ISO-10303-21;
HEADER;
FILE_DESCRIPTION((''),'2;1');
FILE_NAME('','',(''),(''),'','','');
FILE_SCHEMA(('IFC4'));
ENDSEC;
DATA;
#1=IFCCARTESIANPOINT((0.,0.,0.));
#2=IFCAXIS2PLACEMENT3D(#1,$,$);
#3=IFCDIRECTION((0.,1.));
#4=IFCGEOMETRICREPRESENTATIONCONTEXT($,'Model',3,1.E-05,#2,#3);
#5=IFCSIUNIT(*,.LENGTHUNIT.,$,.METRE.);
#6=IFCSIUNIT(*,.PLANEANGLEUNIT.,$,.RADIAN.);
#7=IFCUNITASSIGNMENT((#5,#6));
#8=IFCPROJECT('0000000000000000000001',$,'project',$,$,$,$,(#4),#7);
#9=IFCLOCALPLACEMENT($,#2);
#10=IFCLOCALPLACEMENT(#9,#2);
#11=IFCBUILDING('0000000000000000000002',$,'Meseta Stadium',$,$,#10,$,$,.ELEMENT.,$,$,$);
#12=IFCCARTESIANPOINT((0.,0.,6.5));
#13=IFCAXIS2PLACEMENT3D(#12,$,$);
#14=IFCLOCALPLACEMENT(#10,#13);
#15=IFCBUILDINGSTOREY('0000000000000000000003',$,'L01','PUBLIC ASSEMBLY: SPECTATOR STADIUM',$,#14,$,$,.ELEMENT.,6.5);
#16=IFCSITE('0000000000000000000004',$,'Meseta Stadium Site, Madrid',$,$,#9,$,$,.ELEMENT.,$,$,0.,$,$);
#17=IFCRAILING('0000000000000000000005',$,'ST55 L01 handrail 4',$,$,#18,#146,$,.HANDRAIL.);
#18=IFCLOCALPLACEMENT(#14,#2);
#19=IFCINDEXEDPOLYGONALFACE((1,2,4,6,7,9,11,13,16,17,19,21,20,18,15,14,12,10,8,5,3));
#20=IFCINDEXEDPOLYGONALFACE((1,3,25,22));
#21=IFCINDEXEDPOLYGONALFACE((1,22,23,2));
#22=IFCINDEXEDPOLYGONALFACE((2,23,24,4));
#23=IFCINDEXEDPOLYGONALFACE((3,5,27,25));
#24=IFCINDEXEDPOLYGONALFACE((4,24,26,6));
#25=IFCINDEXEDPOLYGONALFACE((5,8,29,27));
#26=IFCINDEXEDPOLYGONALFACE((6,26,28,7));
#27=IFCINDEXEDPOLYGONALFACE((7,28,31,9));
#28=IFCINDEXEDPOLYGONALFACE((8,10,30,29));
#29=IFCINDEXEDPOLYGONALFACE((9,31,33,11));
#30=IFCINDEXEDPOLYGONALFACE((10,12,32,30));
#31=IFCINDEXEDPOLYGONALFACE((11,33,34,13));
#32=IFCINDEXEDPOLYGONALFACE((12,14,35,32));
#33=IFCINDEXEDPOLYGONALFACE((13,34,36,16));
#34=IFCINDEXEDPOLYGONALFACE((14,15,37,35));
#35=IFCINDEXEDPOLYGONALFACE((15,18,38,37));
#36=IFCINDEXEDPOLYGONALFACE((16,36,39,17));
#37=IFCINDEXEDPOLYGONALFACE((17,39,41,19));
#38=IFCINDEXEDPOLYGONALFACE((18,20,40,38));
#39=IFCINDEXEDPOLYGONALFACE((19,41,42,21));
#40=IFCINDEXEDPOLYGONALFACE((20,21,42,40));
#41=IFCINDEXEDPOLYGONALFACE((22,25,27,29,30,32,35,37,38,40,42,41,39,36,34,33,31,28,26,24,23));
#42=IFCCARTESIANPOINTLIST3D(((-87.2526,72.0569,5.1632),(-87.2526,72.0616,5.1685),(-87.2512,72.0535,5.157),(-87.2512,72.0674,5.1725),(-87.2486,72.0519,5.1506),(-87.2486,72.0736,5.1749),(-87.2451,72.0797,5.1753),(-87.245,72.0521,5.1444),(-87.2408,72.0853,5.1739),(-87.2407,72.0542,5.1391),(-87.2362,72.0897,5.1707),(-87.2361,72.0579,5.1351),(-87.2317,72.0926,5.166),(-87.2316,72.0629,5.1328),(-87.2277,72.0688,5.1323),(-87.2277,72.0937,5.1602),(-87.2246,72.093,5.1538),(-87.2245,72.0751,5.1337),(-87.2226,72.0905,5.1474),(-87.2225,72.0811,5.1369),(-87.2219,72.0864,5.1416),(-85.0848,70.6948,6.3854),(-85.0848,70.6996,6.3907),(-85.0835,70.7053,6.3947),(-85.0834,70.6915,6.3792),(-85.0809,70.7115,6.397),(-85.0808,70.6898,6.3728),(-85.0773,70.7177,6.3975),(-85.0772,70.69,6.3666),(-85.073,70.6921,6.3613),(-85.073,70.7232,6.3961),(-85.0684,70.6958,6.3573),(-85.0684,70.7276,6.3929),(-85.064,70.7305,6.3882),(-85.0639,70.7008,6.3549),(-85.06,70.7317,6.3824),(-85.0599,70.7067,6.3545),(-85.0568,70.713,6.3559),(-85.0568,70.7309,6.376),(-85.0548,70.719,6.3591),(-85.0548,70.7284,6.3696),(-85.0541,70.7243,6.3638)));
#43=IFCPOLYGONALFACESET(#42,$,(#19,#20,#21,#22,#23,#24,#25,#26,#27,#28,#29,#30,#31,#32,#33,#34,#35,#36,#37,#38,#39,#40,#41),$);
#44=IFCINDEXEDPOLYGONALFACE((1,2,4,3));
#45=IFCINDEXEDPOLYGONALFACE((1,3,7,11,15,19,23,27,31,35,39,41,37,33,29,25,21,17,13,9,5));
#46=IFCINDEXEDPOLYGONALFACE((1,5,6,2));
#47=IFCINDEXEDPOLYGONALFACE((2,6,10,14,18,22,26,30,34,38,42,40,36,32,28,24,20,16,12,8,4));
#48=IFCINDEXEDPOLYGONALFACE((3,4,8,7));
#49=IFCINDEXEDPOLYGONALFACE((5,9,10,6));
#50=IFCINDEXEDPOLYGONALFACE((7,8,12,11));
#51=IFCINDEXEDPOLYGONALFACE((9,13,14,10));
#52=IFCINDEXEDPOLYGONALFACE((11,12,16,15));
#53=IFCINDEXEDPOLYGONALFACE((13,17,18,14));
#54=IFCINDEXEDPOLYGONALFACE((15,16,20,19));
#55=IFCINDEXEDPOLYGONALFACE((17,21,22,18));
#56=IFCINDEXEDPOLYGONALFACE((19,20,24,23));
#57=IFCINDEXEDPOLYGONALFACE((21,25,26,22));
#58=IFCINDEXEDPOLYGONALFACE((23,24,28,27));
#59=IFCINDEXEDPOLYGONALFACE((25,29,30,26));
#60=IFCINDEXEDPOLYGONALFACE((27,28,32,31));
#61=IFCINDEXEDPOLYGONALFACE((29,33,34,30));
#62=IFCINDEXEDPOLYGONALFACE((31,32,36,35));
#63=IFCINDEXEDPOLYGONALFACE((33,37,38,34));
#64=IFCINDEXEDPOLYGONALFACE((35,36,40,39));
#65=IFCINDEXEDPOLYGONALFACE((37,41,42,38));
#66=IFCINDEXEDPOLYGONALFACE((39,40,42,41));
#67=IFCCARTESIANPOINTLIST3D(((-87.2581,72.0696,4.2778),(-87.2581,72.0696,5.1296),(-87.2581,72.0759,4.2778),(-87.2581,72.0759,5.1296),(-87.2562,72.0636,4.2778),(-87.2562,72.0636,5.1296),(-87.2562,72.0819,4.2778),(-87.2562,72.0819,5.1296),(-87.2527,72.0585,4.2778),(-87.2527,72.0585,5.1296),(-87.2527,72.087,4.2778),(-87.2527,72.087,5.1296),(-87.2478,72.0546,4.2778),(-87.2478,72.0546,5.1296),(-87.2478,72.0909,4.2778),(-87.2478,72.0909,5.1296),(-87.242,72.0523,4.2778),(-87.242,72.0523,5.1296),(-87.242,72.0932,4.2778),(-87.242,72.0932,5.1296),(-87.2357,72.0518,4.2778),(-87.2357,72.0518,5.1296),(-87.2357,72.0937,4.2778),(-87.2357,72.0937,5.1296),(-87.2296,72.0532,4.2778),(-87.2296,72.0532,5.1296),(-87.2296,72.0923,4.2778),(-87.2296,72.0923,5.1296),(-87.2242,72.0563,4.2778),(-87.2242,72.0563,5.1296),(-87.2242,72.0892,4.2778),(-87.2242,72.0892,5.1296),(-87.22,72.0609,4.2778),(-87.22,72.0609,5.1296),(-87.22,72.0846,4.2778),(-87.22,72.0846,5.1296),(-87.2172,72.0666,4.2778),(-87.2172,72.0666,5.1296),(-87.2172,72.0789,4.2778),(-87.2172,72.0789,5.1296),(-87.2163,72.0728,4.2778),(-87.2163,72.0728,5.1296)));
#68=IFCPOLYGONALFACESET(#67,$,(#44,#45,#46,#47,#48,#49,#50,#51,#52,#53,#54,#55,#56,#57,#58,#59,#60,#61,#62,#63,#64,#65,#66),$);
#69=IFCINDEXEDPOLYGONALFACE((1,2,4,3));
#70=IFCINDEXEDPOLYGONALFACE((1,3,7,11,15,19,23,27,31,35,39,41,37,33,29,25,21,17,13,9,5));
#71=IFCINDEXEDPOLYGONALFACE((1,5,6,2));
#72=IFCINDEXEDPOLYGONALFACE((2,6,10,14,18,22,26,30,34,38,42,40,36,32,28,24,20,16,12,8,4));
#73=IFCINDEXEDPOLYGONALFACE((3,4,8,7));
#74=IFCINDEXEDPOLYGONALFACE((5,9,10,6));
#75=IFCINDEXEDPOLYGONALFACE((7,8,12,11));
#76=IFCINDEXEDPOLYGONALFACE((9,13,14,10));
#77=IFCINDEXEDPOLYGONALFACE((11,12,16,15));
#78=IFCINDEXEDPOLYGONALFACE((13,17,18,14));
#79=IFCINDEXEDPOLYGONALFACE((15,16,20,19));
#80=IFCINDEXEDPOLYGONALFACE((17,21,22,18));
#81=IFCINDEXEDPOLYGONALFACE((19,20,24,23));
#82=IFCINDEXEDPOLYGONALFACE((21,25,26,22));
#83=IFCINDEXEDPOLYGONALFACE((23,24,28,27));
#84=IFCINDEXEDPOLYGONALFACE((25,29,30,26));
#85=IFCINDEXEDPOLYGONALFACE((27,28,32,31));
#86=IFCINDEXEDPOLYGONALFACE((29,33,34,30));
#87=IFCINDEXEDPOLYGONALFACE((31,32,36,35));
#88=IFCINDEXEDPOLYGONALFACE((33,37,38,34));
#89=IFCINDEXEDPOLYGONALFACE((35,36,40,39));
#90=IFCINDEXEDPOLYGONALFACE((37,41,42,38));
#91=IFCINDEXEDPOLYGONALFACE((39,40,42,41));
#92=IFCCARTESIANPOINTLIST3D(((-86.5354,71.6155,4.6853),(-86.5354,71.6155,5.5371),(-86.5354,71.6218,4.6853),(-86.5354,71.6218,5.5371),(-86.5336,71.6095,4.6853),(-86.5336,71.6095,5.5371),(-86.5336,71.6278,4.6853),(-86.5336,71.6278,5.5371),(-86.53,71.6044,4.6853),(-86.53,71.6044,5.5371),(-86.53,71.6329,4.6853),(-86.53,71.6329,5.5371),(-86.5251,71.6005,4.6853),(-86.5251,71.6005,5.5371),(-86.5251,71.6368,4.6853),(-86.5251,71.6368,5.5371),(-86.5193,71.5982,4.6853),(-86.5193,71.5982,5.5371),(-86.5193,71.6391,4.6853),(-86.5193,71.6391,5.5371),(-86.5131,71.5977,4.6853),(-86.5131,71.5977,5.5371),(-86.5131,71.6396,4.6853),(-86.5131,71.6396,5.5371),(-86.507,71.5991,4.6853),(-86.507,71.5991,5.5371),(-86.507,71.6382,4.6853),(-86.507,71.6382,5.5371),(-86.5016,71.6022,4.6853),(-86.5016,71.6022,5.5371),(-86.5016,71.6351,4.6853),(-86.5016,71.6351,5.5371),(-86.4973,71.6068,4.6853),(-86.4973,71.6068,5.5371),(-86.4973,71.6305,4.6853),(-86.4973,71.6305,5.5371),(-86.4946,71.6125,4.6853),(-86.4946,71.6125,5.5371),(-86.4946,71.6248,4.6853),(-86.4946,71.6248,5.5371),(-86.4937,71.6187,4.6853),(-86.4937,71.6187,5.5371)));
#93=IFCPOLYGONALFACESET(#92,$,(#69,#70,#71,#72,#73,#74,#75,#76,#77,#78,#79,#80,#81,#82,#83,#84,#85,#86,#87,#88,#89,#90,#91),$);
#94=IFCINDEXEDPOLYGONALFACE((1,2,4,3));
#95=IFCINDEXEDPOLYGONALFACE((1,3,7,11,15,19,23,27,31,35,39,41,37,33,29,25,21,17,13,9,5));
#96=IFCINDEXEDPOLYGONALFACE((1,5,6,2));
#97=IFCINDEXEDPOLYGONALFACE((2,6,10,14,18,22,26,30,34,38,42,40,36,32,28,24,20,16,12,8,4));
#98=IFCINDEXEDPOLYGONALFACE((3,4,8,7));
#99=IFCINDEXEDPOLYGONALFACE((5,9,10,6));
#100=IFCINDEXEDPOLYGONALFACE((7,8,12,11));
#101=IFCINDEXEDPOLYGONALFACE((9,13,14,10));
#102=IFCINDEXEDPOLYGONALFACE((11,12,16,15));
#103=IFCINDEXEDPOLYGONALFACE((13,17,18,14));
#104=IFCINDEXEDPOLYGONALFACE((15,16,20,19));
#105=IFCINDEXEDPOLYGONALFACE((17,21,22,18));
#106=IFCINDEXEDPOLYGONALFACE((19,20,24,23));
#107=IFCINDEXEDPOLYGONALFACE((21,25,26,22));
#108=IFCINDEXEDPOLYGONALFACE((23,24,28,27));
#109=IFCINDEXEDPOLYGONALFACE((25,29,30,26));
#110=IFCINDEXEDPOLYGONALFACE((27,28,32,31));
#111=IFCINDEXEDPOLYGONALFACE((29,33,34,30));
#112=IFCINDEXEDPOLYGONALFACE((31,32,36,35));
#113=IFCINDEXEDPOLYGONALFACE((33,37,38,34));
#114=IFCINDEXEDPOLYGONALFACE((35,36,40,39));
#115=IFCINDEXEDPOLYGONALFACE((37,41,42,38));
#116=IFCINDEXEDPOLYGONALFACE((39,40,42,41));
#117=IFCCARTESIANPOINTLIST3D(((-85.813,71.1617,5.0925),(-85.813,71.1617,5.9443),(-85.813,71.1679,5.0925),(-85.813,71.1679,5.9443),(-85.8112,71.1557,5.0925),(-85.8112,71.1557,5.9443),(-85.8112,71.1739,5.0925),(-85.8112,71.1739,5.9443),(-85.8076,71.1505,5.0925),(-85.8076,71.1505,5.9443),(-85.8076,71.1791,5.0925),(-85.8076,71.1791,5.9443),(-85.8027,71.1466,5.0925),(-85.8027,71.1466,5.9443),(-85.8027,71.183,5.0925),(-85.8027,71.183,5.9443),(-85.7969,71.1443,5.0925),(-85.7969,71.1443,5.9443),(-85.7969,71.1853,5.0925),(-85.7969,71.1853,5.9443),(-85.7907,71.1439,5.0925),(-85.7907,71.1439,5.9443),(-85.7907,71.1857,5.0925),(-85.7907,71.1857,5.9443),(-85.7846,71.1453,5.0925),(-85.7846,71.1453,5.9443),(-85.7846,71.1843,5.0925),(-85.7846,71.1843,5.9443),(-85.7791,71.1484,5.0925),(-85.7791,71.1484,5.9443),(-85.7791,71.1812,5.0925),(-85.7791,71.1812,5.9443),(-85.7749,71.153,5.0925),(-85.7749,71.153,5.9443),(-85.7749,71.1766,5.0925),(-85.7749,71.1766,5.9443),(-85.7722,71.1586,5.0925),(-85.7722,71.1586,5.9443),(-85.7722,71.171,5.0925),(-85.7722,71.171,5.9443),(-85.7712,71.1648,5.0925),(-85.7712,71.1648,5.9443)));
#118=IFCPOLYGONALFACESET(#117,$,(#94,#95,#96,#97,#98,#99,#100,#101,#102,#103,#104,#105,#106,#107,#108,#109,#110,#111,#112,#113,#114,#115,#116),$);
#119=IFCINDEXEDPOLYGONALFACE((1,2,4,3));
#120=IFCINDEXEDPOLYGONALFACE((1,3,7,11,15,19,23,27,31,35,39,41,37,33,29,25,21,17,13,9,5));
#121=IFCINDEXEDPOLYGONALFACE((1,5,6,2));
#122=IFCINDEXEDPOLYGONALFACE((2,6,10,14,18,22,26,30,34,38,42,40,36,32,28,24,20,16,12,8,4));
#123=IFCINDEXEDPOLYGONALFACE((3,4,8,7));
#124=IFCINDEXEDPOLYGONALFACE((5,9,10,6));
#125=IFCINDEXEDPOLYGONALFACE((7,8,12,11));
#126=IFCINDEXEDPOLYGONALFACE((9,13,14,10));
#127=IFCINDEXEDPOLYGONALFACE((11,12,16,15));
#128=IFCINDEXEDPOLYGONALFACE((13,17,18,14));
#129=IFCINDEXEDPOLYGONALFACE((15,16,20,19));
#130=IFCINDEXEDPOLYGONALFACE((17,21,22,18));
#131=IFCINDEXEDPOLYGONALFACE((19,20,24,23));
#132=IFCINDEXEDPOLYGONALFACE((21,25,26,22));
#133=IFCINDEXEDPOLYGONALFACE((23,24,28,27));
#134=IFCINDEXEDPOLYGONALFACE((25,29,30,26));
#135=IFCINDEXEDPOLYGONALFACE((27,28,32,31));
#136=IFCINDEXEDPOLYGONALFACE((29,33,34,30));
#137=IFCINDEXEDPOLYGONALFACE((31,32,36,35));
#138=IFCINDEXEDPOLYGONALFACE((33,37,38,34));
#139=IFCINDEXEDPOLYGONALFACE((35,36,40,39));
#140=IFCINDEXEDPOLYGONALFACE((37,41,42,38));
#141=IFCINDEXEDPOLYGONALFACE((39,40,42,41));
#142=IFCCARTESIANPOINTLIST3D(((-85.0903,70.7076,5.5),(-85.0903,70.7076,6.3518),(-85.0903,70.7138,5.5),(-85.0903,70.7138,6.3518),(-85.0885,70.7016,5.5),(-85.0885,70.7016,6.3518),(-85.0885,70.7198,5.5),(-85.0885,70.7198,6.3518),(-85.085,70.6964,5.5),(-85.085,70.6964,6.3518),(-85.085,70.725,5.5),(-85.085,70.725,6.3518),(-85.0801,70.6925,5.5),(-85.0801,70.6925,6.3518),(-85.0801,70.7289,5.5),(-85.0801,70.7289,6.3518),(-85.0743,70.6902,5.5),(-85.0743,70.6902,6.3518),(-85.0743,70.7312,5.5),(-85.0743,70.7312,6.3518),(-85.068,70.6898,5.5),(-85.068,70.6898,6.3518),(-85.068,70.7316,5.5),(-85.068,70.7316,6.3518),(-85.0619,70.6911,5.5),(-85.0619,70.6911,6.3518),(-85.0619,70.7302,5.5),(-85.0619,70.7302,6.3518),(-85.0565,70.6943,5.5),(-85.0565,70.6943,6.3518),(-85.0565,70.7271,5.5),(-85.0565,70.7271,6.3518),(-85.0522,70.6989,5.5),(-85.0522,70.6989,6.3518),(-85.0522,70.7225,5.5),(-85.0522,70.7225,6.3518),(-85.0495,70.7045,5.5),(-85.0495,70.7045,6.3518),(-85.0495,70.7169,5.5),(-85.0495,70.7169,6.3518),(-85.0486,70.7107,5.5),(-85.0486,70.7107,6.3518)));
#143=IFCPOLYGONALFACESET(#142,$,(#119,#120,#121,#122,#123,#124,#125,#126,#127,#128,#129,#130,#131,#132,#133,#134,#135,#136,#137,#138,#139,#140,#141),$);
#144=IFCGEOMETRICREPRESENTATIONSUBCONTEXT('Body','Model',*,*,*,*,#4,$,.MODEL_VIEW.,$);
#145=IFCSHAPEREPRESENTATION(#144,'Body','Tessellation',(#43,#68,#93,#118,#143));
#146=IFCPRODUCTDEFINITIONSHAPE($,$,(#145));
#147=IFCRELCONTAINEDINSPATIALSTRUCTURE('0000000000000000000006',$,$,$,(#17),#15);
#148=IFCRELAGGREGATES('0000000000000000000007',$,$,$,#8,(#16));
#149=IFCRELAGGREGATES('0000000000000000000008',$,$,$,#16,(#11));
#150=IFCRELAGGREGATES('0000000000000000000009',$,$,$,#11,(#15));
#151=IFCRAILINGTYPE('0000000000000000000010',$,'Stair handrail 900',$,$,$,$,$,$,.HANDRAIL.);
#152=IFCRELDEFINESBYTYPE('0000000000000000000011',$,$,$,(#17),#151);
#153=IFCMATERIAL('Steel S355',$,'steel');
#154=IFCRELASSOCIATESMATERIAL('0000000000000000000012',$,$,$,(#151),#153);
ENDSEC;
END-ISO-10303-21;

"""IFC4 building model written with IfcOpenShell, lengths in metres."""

from ifc_helpers import new_model, si_unit, direction, frame, origin, origin_2d, place, context, subcontext, project, spatial, circle, extrude, material, type_object, element, save


model = new_model("IFC4")

# Units and contexts
model_context = context("Model", 3, precision=1e-05, world=origin(), true_north=direction((0.0, 1.0)))
body_context = subcontext(model_context, "Body", "Model", "MODEL_VIEW")
ifc_project = project(units=[si_unit("LENGTHUNIT", "METRE"), si_unit("PLANEANGLEUNIT", "RADIAN")], contexts=[model_context])

# Site, building, storey
site_placement = place(None, origin())
site = spatial("IfcSite", under=ifc_project, at=site_placement, Name="Meseta Stadium Site, Madrid", CompositionType="ELEMENT", RefElevation=0.0)
building_placement = place(site_placement, origin())
building = spatial("IfcBuilding", under=site, at=building_placement, Name="Meseta Stadium", CompositionType="ELEMENT")
storey_placement = place(building_placement, frame((0.0, 0.0, 6.5)))
storey = spatial("IfcBuildingStorey", under=building, at=storey_placement, Name="L01", Description="PUBLIC ASSEMBLY: SPECTATOR STADIUM", CompositionType="ELEMENT", Elevation=6.5)

# Railing
ifc_material_1 = material(Name="Steel S355", Category="steel")
railing_type_1 = type_object("IfcRailingType", Name="Stair handrail 900", PredefinedType="HANDRAIL", material=ifc_material_1)
for number, where, name in (
    (1, (-87.2373, 72.0728, 4.2778), "ST55 L01 handrail 4"),
):
    element("IfcRailing", number, at=place(storey_placement, frame(where)), inside=storey, type_object=railing_type_1, Name=name, PredefinedType="HANDRAIL", context=body_context, shape_type="SweptSolid", body=[
        extrude(circle(Radius=0.0239, at=origin_2d()), frame((0.0, 0.0, 0.876), z_axis=(0.764121, -0.480125, 0.430813), x_axis=(0.532029, 0.846726, 0.0)), (0.0, 0.0, 1.0), 2.8369),
        extrude(circle(Radius=0.021, at=origin_2d()), origin(), (0.0, 0.0, 1.0), 0.8518),
        extrude(circle(Radius=0.021, at=origin_2d()), frame((0.7227, -0.4541, 0.4075)), (0.0, 0.0, 1.0), 0.8518),
        extrude(circle(Radius=0.021, at=origin_2d()), frame((1.4451, -0.908, 0.8147)), (0.0, 0.0, 1.0), 0.8518),
        extrude(circle(Radius=0.021, at=origin_2d()), frame((2.1677, -1.3621, 1.2222)), (0.0, 0.0, 1.0), 0.8518),
    ])

save(model, "model.ifc")
